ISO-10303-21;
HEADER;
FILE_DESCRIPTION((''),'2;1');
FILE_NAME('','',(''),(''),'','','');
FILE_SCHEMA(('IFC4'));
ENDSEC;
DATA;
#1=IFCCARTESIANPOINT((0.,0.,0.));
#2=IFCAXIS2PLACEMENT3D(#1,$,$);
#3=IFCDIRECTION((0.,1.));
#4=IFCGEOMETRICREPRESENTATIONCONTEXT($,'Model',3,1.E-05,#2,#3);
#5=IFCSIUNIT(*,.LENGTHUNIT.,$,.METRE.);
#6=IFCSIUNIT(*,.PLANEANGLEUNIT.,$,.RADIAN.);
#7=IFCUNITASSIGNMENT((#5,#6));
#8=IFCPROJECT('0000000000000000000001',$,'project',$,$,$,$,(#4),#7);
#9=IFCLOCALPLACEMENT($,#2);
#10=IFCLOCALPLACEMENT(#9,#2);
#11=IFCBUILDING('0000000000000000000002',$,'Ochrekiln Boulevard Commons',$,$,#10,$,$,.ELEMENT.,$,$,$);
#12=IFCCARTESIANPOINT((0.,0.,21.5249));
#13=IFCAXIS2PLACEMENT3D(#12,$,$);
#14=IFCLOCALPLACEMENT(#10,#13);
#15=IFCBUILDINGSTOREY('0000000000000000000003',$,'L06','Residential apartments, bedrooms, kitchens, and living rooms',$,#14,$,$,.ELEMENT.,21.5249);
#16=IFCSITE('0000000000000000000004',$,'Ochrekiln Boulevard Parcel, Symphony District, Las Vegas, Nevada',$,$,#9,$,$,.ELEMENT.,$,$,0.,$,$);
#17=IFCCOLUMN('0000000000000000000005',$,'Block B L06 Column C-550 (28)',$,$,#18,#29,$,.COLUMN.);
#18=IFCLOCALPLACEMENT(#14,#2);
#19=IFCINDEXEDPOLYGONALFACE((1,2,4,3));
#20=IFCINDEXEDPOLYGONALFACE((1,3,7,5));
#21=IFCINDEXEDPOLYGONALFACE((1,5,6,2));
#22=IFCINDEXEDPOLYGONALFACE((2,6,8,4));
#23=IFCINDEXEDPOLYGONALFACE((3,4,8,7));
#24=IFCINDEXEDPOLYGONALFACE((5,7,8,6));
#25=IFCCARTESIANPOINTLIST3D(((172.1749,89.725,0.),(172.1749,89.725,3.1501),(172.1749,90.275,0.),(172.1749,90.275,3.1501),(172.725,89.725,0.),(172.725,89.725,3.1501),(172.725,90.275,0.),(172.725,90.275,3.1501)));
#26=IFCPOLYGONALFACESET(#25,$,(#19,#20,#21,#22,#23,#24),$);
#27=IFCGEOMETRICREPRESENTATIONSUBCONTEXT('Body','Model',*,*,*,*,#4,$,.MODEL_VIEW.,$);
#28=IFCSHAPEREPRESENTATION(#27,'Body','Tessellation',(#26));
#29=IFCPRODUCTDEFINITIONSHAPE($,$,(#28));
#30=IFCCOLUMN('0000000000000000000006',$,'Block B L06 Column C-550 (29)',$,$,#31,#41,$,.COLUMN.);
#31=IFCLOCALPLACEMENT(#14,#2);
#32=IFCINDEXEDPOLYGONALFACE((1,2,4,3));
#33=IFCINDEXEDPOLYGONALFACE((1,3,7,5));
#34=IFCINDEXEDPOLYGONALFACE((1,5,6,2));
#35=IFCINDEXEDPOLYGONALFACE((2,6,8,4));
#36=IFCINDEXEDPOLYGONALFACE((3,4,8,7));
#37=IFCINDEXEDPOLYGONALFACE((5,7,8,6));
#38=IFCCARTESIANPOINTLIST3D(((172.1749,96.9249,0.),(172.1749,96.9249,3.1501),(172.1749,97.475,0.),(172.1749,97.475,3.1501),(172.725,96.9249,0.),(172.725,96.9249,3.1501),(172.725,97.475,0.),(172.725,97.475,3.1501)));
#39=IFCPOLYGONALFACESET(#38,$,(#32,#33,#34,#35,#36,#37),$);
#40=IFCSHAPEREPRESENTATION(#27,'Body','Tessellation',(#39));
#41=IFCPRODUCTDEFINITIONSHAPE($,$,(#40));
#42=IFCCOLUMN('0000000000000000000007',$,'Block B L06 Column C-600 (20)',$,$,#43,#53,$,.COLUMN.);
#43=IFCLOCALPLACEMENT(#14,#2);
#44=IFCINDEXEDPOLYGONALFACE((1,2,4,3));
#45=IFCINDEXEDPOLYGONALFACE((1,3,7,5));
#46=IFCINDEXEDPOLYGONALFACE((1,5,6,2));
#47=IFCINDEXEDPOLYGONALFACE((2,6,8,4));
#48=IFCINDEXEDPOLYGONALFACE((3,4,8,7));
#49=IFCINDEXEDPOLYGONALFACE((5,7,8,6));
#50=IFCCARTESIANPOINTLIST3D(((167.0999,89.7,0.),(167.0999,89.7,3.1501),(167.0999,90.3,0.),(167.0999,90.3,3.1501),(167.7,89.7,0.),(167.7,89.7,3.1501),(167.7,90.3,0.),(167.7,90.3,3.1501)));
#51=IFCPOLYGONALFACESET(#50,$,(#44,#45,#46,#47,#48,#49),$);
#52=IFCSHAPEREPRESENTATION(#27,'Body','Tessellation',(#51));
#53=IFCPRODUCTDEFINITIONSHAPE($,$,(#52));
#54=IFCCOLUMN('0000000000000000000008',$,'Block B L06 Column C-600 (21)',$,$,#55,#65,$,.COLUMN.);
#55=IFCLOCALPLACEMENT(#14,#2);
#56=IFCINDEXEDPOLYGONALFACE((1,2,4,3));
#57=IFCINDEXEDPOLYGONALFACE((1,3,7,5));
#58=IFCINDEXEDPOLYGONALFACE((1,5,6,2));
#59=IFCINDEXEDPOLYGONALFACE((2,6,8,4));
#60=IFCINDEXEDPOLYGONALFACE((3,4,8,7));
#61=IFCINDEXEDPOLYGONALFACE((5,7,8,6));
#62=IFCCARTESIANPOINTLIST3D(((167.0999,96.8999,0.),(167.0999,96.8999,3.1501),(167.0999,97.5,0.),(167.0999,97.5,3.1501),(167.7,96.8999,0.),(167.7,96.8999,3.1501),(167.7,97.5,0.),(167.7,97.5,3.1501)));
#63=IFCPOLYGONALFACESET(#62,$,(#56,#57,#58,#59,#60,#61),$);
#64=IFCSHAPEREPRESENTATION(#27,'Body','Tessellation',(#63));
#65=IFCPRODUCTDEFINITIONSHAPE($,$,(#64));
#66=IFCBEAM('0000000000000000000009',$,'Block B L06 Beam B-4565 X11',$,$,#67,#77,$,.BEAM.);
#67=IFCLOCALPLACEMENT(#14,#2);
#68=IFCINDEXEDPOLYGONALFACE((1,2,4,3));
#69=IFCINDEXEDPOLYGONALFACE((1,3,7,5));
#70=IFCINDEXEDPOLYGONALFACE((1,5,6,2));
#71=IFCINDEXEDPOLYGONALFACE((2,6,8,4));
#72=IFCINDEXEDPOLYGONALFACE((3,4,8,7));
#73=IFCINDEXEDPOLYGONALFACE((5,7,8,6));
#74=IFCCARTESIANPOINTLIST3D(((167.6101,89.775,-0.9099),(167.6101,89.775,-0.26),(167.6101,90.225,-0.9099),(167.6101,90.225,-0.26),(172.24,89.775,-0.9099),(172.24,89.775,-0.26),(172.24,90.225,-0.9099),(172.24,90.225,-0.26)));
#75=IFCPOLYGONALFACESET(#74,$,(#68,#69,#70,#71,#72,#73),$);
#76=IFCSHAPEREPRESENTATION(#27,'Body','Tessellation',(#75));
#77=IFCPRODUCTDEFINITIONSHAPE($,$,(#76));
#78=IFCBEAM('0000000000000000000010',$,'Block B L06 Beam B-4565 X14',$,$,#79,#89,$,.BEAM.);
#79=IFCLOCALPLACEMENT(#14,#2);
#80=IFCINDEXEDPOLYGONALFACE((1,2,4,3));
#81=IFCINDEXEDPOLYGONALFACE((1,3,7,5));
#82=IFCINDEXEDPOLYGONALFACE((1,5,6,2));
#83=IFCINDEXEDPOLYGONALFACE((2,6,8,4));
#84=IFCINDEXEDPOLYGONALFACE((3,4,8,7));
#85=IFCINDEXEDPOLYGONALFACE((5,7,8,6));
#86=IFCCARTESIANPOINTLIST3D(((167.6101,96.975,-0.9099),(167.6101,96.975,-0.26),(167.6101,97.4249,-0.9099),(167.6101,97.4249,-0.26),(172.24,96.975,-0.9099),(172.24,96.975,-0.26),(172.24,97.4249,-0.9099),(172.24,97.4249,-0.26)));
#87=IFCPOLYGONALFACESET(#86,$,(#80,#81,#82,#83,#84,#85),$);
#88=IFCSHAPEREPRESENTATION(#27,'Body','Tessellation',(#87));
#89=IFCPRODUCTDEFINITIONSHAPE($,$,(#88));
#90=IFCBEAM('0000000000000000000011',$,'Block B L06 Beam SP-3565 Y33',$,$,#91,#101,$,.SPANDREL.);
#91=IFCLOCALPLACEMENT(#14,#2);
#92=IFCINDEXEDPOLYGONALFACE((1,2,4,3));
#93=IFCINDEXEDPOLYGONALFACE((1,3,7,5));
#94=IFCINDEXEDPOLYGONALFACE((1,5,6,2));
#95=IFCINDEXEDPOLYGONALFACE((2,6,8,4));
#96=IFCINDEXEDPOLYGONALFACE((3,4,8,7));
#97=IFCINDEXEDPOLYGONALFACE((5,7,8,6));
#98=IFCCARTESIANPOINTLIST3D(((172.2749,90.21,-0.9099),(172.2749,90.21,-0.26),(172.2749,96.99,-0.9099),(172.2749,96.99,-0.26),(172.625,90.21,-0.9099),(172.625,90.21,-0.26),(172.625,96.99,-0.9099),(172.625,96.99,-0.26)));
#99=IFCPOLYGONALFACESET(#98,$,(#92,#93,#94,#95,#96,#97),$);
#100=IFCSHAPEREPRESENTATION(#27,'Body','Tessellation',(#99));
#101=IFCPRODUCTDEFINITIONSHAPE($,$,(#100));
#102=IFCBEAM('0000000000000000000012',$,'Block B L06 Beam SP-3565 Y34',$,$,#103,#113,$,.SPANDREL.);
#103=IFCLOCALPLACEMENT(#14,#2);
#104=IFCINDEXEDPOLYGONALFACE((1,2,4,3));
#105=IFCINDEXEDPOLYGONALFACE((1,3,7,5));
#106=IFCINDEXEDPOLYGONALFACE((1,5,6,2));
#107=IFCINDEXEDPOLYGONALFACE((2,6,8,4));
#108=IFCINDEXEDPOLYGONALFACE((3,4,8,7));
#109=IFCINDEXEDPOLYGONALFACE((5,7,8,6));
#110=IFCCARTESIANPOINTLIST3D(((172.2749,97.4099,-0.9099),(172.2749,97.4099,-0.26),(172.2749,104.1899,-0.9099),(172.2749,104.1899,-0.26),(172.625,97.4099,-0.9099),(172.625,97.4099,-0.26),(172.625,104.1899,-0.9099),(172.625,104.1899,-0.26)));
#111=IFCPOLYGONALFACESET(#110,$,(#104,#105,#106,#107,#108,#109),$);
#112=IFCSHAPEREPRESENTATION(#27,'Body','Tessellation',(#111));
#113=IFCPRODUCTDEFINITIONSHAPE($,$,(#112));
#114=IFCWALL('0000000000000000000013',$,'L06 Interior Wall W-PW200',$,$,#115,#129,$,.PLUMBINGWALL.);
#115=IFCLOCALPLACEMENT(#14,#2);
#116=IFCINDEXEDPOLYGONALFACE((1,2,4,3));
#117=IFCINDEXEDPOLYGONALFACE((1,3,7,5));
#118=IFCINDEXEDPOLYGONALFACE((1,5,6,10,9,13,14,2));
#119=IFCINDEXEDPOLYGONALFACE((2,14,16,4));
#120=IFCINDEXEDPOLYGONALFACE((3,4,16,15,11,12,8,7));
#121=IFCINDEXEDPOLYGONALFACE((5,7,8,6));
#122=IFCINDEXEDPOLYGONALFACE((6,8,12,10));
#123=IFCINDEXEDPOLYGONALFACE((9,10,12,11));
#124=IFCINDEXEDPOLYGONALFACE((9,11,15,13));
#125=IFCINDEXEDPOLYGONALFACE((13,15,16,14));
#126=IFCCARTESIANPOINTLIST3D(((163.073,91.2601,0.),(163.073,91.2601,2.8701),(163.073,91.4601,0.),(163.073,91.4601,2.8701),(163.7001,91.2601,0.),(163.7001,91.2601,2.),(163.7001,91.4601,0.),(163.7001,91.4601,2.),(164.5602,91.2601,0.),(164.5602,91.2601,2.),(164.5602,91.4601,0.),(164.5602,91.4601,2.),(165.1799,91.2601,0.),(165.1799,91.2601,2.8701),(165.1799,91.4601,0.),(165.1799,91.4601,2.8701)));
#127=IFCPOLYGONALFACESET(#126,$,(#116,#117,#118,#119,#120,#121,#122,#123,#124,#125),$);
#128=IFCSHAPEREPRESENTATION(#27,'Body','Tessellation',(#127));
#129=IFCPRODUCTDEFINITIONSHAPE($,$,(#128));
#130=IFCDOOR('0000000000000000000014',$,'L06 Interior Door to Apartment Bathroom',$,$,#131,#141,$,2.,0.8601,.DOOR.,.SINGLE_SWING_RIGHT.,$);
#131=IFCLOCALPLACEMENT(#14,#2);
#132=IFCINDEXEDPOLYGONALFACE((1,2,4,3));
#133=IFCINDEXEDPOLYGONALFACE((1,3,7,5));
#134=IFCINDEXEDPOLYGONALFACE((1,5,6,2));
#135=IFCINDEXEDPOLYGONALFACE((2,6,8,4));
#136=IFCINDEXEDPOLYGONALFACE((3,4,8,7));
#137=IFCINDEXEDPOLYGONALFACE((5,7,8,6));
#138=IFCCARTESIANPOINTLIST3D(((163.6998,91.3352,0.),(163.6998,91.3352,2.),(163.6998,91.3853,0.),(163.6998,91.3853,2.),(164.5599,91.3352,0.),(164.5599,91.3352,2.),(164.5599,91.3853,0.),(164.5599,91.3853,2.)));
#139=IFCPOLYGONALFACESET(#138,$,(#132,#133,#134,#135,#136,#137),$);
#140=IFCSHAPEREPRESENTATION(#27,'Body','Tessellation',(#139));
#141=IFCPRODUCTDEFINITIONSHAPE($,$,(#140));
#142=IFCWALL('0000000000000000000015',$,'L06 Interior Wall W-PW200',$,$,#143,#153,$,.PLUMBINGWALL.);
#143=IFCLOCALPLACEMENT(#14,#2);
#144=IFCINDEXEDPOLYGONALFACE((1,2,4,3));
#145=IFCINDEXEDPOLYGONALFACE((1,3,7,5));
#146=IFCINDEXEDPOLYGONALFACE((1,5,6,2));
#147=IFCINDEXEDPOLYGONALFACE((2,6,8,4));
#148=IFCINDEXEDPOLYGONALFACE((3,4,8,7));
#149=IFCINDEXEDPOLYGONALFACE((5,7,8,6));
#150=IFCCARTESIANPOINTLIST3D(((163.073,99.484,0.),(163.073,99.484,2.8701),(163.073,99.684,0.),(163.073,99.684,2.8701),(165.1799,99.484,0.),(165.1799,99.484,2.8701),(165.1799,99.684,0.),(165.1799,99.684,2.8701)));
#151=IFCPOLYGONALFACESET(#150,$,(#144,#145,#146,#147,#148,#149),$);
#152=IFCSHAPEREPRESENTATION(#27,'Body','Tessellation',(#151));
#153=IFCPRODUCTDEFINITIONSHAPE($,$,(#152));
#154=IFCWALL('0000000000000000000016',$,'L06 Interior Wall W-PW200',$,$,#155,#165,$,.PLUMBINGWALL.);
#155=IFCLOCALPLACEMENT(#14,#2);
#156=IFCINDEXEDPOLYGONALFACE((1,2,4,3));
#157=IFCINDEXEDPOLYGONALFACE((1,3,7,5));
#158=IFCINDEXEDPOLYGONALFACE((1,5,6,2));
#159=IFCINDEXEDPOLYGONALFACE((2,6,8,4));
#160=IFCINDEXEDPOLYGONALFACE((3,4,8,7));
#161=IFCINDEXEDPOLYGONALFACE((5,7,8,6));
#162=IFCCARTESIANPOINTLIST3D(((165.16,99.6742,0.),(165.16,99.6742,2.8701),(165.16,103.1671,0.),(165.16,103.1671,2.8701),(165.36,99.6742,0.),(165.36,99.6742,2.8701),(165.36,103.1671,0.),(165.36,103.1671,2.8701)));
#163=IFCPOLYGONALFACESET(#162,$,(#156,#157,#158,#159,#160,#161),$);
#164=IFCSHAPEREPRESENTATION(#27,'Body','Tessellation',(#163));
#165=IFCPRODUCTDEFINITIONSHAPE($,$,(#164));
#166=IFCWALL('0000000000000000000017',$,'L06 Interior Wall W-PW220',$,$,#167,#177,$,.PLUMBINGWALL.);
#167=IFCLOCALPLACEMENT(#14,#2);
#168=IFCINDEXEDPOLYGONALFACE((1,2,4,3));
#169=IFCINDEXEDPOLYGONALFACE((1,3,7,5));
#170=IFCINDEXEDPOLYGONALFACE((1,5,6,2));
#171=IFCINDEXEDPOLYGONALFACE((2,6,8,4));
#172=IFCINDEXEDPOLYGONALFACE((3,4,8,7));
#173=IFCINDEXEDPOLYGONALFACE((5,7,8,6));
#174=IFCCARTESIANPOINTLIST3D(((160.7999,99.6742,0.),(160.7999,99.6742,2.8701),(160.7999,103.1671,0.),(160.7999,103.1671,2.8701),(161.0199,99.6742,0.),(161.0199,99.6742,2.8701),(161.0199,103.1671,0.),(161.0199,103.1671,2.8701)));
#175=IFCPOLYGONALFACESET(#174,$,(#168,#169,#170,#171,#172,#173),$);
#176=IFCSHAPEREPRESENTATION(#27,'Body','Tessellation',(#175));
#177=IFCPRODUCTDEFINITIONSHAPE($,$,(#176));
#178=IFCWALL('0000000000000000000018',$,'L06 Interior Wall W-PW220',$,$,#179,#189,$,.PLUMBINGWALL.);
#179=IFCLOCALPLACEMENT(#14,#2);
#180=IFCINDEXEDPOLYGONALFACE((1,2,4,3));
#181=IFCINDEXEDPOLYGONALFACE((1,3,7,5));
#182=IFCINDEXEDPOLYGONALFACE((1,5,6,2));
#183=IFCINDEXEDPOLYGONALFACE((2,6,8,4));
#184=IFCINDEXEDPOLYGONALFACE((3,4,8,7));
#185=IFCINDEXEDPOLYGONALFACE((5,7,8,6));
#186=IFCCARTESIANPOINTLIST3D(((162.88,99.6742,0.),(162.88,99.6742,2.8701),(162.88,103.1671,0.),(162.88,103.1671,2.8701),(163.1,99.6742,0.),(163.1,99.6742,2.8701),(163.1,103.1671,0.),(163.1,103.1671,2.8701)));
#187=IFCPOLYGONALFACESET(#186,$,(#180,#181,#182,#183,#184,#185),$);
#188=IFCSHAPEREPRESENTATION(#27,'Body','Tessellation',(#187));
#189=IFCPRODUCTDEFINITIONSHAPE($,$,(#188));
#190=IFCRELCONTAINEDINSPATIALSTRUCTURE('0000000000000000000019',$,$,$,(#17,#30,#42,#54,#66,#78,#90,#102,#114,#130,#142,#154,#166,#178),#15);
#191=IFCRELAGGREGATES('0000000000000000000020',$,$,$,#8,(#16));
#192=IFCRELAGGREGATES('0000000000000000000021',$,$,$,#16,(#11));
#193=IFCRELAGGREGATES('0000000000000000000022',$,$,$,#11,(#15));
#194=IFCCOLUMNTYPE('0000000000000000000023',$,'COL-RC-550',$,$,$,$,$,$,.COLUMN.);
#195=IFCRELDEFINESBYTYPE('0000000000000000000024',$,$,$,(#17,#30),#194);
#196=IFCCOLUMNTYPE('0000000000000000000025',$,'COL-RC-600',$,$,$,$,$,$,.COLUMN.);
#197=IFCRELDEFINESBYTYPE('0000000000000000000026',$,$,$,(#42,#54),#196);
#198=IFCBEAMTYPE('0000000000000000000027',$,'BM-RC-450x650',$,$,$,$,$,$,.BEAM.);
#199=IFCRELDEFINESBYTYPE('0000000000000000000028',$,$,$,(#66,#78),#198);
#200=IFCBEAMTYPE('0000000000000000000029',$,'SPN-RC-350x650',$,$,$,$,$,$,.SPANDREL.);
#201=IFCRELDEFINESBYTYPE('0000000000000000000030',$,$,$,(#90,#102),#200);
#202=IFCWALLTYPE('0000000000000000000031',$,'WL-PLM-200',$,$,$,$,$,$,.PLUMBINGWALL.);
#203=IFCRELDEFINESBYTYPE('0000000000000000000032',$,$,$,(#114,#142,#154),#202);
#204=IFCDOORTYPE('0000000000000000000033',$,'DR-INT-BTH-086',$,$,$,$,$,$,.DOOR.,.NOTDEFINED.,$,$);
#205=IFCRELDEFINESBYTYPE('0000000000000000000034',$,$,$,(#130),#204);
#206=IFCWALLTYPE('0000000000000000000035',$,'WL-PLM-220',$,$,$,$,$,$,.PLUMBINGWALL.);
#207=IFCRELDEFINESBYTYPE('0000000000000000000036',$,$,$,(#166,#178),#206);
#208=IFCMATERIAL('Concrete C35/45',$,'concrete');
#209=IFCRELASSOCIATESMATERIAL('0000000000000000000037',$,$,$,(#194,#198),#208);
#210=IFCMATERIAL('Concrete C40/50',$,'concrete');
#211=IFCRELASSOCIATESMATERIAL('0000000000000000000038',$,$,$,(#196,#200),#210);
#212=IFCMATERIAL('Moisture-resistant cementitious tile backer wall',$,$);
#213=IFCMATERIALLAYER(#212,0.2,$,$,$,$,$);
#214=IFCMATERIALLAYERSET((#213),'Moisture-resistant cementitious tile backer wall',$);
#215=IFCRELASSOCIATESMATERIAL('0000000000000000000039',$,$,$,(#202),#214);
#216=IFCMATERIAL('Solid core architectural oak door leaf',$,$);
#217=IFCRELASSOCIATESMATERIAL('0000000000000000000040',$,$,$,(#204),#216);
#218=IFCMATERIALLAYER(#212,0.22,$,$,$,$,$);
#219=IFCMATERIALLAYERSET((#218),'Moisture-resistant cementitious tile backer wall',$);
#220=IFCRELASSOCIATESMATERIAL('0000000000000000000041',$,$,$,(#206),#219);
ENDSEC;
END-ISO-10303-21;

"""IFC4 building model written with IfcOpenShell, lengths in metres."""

from ifc_helpers import new_model, si_unit, direction, frame, frame_2d, origin, origin_2d, place, context, subcontext, project, spatial, rectangle, extrude, material, layer, layer_set, material_profile, profile_set, type_object, element, fill, save


model = new_model("IFC4")

# Units and contexts
model_context = context("Model", 3, precision=1e-05, world=origin(), true_north=direction((0.0, 1.0)))
body_context = subcontext(model_context, "Body", "Model", "MODEL_VIEW")
ifc_project = project(units=[si_unit("LENGTHUNIT", "METRE"), si_unit("PLANEANGLEUNIT", "RADIAN")], contexts=[model_context])

# Site, building, storey
site_placement = place(None, origin())
site = spatial("IfcSite", under=ifc_project, at=site_placement, Name="Ochrekiln Boulevard Parcel, Symphony District, Las Vegas, Nevada", CompositionType="ELEMENT", RefElevation=0.0)
building_placement = place(site_placement, origin())
building = spatial("IfcBuilding", under=site, at=building_placement, Name="Ochrekiln Boulevard Commons", CompositionType="ELEMENT")
storey_placement = place(building_placement, frame((0.0, 0.0, 21.5249)))
storey = spatial("IfcBuildingStorey", under=building, at=storey_placement, Name="L06", Description="Residential apartments, bedrooms, kitchens, and living rooms", CompositionType="ELEMENT", Elevation=21.5249)

# Columns
ifc_material_1 = material(Name="Concrete C35/45", Category="concrete")
ifc_material_profile_1 = material_profile(ifc_material_1, rectangle(XDim=0.55, YDim=0.55, at=origin_2d()), Name="RC-COL-550x550")
ifc_profile_set_1 = profile_set([ifc_material_profile_1], Name="Concrete C35/45")
column_type_1 = type_object("IfcColumnType", Name="COL-RC-550", PredefinedType="COLUMN", material=ifc_profile_set_1)
for number, where, z_axis, x_axis, name in (
    (1, (172.45, 90.0, 0.0), (0.0, 0.0, 1.0), (1.0, 0.0, 0.0), "Block B L06 Column C-550 (28)"),
    (2, (172.45, 97.2, 0.0), (0.0, 0.0, 1.0), (1.0, 0.0, 0.0), "Block B L06 Column C-550 (29)"),
):
    element("IfcColumn", number, at=place(storey_placement, frame(where, z_axis=z_axis, x_axis=x_axis)), inside=storey, type_object=column_type_1, Name=name, PredefinedType="COLUMN", context=body_context, shape_type="SweptSolid", body=[
        extrude(rectangle(XDim=0.55, YDim=0.55, at=origin_2d()), origin(), (0.0, 0.0, 1.0), 3.1501),
    ])
ifc_material_2 = material(Name="Concrete C40/50", Category="concrete")
ifc_material_profile_2 = material_profile(ifc_material_2, rectangle(XDim=0.6001, YDim=0.6001, at=origin_2d()), Name="RC-COL-600x600")
ifc_profile_set_2 = profile_set([ifc_material_profile_2], Name="Concrete C40/50")
column_type_2 = type_object("IfcColumnType", Name="COL-RC-600", PredefinedType="COLUMN", material=ifc_profile_set_2)
for number, where, z_axis, x_axis, name in (
    (3, (167.3999, 90.0, 0.0), (0.0, 0.0, 1.0), (1.0, 0.0, 0.0), "Block B L06 Column C-600 (20)"),
    (4, (167.3999, 97.2, 0.0), (0.0, 0.0, 1.0), (1.0, 0.0, 0.0), "Block B L06 Column C-600 (21)"),
):
    element("IfcColumn", number, at=place(storey_placement, frame(where, z_axis=z_axis, x_axis=x_axis)), inside=storey, type_object=column_type_2, Name=name, PredefinedType="COLUMN", context=body_context, shape_type="SweptSolid", body=[
        extrude(rectangle(XDim=0.6001, YDim=0.6001, at=origin_2d()), origin(), (0.0, 0.0, 1.0), 3.1501),
    ])

# Beams
ifc_material_profile_3 = material_profile(ifc_material_1, rectangle(XDim=0.45, YDim=0.6499, at=origin_2d()), Name="RC-BM-450x650")
ifc_profile_set_3 = profile_set([ifc_material_profile_3], Name="Concrete C35/45")
beam_type_1 = type_object("IfcBeamType", Name="BM-RC-450x650", PredefinedType="BEAM", material=ifc_profile_set_3)
for number, where, z_axis, x_axis, name in (
    (5, (167.6101, 90.0, -0.585), (1.0, 0.0, 0.0), (0.0, 1.0, 0.0), "Block B L06 Beam B-4565 X11"),
    (6, (167.6101, 97.2, -0.585), (1.0, 0.0, 0.0), (0.0, 1.0, 0.0), "Block B L06 Beam B-4565 X14"),
):
    element("IfcBeam", number, at=place(storey_placement, frame(where, z_axis=z_axis, x_axis=x_axis)), inside=storey, type_object=beam_type_1, Name=name, PredefinedType="BEAM", context=body_context, shape_type="SweptSolid", body=[
        extrude(rectangle(XDim=0.45, YDim=0.6499, at=origin_2d()), origin(), (0.0, 0.0, 1.0), 4.6299),
    ])
ifc_material_profile_4 = material_profile(ifc_material_2, rectangle(XDim=0.3501, YDim=0.6499, at=origin_2d()), Name="RC-SPN-350x650")
ifc_profile_set_4 = profile_set([ifc_material_profile_4], Name="Concrete C40/50")
beam_type_2 = type_object("IfcBeamType", Name="SPN-RC-350x650", PredefinedType="SPANDREL", material=ifc_profile_set_4)
for number, where, z_axis, x_axis, name in (
    (7, (172.45, 90.21, -0.585), (0.0, 1.0, 0.0), (-1.0, 0.0, 0.0), "Block B L06 Beam SP-3565 Y33"),
    (8, (172.45, 97.4099, -0.585), (0.0, 1.0, 0.0), (-1.0, 0.0, 0.0), "Block B L06 Beam SP-3565 Y34"),
):
    element("IfcBeam", number, at=place(storey_placement, frame(where, z_axis=z_axis, x_axis=x_axis)), inside=storey, type_object=beam_type_2, Name=name, PredefinedType="SPANDREL", context=body_context, shape_type="SweptSolid", body=[
        extrude(rectangle(XDim=0.3501, YDim=0.6499, at=origin_2d()), origin(), (0.0, 0.0, 1.0), 6.78),
    ])

# Wall, opening, door
ifc_material_3 = material(Name="Moisture-resistant cementitious tile backer wall")
ifc_layer_1 = layer(ifc_material_3, 0.2)
ifc_layer_set_1 = layer_set([ifc_layer_1], Name="Moisture-resistant cementitious tile backer wall")
wall_type_1 = type_object("IfcWallType", Name="WL-PLM-200", PredefinedType="PLUMBINGWALL", material=ifc_layer_set_1)
wall_1_placement = place(storey_placement, frame((163.073, 91.3601, 0.0), z_axis=(0.0, 0.0, 1.0), x_axis=(1.0, 0.0, 0.0)))
wall_1 = element("IfcWall", 9, at=wall_1_placement, inside=storey, type_object=wall_type_1, Name="L06 Interior Wall W-PW200", PredefinedType="PLUMBINGWALL", context=body_context, shape_type="SweptSolid", body=[
    extrude(rectangle(XDim=2.1069, YDim=0.2, at=frame_2d((1.0535, 0.0))), origin(), (0.0, 0.0, 1.0), 2.8701),
])
opening_1_placement = place(wall_1_placement, frame((0.627, 0.0, 0.0)))
opening_1 = element("IfcOpeningElement", 10, at=opening_1_placement, cuts=wall_1, PredefinedType="OPENING", context=body_context, shape_type="SweptSolid", body=[
    extrude(rectangle(XDim=0.8601, YDim=2.0, at=frame_2d((0.4302, 1.0))), frame((0.0, 0.1099, 0.0), z_axis=(0.0, -1.0, 0.0), x_axis=(1.0, 0.0, 0.0)), (0.0, 0.0, 1.0), 0.22),
])
ifc_material_4 = material(Name="Solid core architectural oak door leaf")
door_type_1 = type_object("IfcDoorType", Name="DR-INT-BTH-086", OperationType="NOTDEFINED", PredefinedType="DOOR", material=ifc_material_4)
door_1_placement = place(opening_1_placement, frame((0.8601, 0.0, 0.0), z_axis=(0.0, 0.0, 1.0), x_axis=(-1.0, 0.0, 0.0)))
door_1 = element("IfcDoor", 11, at=door_1_placement, inside=storey, type_object=door_type_1, Name="L06 Interior Door to Apartment Bathroom", OperationType="SINGLE_SWING_RIGHT", OverallHeight=2.0, OverallWidth=0.8601, PredefinedType="DOOR", context=body_context, shape_type="SweptSolid", body=[
    extrude(rectangle(XDim=0.8601, YDim=2.0, at=frame_2d((0.4302, 1.0))), frame((0.0, 0.0249, 0.0), z_axis=(0.0, -1.0, 0.0), x_axis=(1.0, 0.0, 0.0)), (0.0, 0.0, 1.0), 0.05),
])
fill(opening_1, door_1)

# Walls
wall_2_placement = place(storey_placement, frame((163.073, 99.584, 0.0), z_axis=(0.0, 0.0, 1.0), x_axis=(1.0, 0.0, 0.0)))
element("IfcWall", 12, at=wall_2_placement, inside=storey, type_object=wall_type_1, Name="L06 Interior Wall W-PW200", PredefinedType="PLUMBINGWALL", context=body_context, shape_type="SweptSolid", body=[
    extrude(rectangle(XDim=2.1069, YDim=0.2, at=frame_2d((1.0535, 0.0))), origin(), (0.0, 0.0, 1.0), 2.8701),
])
wall_3_placement = place(storey_placement, frame((165.26, 99.6741, 0.0), z_axis=(0.0, 0.0, 1.0), x_axis=(0.0, 1.0, 0.0)))
element("IfcWall", 13, at=wall_3_placement, inside=storey, type_object=wall_type_1, Name="L06 Interior Wall W-PW200", PredefinedType="PLUMBINGWALL", context=body_context, shape_type="SweptSolid", body=[
    extrude(rectangle(XDim=3.4929, YDim=0.2, at=frame_2d((1.7466, 0.0))), origin(), (0.0, 0.0, 1.0), 2.8701),
])
ifc_layer_2 = layer(ifc_material_3, 0.22)
ifc_layer_set_2 = layer_set([ifc_layer_2], Name="Moisture-resistant cementitious tile backer wall")
wall_type_2 = type_object("IfcWallType", Name="WL-PLM-220", PredefinedType="PLUMBINGWALL", material=ifc_layer_set_2)
for number, where, z_axis, x_axis, name in (
    (14, (160.9099, 99.6741, 0.0), (0.0, 0.0, 1.0), (0.0, 1.0, 0.0), "L06 Interior Wall W-PW220"),
    (15, (162.99, 99.6741, 0.0), (0.0, 0.0, 1.0), (0.0, 1.0, 0.0), "L06 Interior Wall W-PW220"),
):
    element("IfcWall", number, at=place(storey_placement, frame(where, z_axis=z_axis, x_axis=x_axis)), inside=storey, type_object=wall_type_2, Name=name, PredefinedType="PLUMBINGWALL", context=body_context, shape_type="SweptSolid", body=[
        extrude(rectangle(XDim=3.4929, YDim=0.22, at=frame_2d((1.7466, 0.0))), origin(), (0.0, 0.0, 1.0), 2.8701),
    ])

save(model, "model.ifc")
